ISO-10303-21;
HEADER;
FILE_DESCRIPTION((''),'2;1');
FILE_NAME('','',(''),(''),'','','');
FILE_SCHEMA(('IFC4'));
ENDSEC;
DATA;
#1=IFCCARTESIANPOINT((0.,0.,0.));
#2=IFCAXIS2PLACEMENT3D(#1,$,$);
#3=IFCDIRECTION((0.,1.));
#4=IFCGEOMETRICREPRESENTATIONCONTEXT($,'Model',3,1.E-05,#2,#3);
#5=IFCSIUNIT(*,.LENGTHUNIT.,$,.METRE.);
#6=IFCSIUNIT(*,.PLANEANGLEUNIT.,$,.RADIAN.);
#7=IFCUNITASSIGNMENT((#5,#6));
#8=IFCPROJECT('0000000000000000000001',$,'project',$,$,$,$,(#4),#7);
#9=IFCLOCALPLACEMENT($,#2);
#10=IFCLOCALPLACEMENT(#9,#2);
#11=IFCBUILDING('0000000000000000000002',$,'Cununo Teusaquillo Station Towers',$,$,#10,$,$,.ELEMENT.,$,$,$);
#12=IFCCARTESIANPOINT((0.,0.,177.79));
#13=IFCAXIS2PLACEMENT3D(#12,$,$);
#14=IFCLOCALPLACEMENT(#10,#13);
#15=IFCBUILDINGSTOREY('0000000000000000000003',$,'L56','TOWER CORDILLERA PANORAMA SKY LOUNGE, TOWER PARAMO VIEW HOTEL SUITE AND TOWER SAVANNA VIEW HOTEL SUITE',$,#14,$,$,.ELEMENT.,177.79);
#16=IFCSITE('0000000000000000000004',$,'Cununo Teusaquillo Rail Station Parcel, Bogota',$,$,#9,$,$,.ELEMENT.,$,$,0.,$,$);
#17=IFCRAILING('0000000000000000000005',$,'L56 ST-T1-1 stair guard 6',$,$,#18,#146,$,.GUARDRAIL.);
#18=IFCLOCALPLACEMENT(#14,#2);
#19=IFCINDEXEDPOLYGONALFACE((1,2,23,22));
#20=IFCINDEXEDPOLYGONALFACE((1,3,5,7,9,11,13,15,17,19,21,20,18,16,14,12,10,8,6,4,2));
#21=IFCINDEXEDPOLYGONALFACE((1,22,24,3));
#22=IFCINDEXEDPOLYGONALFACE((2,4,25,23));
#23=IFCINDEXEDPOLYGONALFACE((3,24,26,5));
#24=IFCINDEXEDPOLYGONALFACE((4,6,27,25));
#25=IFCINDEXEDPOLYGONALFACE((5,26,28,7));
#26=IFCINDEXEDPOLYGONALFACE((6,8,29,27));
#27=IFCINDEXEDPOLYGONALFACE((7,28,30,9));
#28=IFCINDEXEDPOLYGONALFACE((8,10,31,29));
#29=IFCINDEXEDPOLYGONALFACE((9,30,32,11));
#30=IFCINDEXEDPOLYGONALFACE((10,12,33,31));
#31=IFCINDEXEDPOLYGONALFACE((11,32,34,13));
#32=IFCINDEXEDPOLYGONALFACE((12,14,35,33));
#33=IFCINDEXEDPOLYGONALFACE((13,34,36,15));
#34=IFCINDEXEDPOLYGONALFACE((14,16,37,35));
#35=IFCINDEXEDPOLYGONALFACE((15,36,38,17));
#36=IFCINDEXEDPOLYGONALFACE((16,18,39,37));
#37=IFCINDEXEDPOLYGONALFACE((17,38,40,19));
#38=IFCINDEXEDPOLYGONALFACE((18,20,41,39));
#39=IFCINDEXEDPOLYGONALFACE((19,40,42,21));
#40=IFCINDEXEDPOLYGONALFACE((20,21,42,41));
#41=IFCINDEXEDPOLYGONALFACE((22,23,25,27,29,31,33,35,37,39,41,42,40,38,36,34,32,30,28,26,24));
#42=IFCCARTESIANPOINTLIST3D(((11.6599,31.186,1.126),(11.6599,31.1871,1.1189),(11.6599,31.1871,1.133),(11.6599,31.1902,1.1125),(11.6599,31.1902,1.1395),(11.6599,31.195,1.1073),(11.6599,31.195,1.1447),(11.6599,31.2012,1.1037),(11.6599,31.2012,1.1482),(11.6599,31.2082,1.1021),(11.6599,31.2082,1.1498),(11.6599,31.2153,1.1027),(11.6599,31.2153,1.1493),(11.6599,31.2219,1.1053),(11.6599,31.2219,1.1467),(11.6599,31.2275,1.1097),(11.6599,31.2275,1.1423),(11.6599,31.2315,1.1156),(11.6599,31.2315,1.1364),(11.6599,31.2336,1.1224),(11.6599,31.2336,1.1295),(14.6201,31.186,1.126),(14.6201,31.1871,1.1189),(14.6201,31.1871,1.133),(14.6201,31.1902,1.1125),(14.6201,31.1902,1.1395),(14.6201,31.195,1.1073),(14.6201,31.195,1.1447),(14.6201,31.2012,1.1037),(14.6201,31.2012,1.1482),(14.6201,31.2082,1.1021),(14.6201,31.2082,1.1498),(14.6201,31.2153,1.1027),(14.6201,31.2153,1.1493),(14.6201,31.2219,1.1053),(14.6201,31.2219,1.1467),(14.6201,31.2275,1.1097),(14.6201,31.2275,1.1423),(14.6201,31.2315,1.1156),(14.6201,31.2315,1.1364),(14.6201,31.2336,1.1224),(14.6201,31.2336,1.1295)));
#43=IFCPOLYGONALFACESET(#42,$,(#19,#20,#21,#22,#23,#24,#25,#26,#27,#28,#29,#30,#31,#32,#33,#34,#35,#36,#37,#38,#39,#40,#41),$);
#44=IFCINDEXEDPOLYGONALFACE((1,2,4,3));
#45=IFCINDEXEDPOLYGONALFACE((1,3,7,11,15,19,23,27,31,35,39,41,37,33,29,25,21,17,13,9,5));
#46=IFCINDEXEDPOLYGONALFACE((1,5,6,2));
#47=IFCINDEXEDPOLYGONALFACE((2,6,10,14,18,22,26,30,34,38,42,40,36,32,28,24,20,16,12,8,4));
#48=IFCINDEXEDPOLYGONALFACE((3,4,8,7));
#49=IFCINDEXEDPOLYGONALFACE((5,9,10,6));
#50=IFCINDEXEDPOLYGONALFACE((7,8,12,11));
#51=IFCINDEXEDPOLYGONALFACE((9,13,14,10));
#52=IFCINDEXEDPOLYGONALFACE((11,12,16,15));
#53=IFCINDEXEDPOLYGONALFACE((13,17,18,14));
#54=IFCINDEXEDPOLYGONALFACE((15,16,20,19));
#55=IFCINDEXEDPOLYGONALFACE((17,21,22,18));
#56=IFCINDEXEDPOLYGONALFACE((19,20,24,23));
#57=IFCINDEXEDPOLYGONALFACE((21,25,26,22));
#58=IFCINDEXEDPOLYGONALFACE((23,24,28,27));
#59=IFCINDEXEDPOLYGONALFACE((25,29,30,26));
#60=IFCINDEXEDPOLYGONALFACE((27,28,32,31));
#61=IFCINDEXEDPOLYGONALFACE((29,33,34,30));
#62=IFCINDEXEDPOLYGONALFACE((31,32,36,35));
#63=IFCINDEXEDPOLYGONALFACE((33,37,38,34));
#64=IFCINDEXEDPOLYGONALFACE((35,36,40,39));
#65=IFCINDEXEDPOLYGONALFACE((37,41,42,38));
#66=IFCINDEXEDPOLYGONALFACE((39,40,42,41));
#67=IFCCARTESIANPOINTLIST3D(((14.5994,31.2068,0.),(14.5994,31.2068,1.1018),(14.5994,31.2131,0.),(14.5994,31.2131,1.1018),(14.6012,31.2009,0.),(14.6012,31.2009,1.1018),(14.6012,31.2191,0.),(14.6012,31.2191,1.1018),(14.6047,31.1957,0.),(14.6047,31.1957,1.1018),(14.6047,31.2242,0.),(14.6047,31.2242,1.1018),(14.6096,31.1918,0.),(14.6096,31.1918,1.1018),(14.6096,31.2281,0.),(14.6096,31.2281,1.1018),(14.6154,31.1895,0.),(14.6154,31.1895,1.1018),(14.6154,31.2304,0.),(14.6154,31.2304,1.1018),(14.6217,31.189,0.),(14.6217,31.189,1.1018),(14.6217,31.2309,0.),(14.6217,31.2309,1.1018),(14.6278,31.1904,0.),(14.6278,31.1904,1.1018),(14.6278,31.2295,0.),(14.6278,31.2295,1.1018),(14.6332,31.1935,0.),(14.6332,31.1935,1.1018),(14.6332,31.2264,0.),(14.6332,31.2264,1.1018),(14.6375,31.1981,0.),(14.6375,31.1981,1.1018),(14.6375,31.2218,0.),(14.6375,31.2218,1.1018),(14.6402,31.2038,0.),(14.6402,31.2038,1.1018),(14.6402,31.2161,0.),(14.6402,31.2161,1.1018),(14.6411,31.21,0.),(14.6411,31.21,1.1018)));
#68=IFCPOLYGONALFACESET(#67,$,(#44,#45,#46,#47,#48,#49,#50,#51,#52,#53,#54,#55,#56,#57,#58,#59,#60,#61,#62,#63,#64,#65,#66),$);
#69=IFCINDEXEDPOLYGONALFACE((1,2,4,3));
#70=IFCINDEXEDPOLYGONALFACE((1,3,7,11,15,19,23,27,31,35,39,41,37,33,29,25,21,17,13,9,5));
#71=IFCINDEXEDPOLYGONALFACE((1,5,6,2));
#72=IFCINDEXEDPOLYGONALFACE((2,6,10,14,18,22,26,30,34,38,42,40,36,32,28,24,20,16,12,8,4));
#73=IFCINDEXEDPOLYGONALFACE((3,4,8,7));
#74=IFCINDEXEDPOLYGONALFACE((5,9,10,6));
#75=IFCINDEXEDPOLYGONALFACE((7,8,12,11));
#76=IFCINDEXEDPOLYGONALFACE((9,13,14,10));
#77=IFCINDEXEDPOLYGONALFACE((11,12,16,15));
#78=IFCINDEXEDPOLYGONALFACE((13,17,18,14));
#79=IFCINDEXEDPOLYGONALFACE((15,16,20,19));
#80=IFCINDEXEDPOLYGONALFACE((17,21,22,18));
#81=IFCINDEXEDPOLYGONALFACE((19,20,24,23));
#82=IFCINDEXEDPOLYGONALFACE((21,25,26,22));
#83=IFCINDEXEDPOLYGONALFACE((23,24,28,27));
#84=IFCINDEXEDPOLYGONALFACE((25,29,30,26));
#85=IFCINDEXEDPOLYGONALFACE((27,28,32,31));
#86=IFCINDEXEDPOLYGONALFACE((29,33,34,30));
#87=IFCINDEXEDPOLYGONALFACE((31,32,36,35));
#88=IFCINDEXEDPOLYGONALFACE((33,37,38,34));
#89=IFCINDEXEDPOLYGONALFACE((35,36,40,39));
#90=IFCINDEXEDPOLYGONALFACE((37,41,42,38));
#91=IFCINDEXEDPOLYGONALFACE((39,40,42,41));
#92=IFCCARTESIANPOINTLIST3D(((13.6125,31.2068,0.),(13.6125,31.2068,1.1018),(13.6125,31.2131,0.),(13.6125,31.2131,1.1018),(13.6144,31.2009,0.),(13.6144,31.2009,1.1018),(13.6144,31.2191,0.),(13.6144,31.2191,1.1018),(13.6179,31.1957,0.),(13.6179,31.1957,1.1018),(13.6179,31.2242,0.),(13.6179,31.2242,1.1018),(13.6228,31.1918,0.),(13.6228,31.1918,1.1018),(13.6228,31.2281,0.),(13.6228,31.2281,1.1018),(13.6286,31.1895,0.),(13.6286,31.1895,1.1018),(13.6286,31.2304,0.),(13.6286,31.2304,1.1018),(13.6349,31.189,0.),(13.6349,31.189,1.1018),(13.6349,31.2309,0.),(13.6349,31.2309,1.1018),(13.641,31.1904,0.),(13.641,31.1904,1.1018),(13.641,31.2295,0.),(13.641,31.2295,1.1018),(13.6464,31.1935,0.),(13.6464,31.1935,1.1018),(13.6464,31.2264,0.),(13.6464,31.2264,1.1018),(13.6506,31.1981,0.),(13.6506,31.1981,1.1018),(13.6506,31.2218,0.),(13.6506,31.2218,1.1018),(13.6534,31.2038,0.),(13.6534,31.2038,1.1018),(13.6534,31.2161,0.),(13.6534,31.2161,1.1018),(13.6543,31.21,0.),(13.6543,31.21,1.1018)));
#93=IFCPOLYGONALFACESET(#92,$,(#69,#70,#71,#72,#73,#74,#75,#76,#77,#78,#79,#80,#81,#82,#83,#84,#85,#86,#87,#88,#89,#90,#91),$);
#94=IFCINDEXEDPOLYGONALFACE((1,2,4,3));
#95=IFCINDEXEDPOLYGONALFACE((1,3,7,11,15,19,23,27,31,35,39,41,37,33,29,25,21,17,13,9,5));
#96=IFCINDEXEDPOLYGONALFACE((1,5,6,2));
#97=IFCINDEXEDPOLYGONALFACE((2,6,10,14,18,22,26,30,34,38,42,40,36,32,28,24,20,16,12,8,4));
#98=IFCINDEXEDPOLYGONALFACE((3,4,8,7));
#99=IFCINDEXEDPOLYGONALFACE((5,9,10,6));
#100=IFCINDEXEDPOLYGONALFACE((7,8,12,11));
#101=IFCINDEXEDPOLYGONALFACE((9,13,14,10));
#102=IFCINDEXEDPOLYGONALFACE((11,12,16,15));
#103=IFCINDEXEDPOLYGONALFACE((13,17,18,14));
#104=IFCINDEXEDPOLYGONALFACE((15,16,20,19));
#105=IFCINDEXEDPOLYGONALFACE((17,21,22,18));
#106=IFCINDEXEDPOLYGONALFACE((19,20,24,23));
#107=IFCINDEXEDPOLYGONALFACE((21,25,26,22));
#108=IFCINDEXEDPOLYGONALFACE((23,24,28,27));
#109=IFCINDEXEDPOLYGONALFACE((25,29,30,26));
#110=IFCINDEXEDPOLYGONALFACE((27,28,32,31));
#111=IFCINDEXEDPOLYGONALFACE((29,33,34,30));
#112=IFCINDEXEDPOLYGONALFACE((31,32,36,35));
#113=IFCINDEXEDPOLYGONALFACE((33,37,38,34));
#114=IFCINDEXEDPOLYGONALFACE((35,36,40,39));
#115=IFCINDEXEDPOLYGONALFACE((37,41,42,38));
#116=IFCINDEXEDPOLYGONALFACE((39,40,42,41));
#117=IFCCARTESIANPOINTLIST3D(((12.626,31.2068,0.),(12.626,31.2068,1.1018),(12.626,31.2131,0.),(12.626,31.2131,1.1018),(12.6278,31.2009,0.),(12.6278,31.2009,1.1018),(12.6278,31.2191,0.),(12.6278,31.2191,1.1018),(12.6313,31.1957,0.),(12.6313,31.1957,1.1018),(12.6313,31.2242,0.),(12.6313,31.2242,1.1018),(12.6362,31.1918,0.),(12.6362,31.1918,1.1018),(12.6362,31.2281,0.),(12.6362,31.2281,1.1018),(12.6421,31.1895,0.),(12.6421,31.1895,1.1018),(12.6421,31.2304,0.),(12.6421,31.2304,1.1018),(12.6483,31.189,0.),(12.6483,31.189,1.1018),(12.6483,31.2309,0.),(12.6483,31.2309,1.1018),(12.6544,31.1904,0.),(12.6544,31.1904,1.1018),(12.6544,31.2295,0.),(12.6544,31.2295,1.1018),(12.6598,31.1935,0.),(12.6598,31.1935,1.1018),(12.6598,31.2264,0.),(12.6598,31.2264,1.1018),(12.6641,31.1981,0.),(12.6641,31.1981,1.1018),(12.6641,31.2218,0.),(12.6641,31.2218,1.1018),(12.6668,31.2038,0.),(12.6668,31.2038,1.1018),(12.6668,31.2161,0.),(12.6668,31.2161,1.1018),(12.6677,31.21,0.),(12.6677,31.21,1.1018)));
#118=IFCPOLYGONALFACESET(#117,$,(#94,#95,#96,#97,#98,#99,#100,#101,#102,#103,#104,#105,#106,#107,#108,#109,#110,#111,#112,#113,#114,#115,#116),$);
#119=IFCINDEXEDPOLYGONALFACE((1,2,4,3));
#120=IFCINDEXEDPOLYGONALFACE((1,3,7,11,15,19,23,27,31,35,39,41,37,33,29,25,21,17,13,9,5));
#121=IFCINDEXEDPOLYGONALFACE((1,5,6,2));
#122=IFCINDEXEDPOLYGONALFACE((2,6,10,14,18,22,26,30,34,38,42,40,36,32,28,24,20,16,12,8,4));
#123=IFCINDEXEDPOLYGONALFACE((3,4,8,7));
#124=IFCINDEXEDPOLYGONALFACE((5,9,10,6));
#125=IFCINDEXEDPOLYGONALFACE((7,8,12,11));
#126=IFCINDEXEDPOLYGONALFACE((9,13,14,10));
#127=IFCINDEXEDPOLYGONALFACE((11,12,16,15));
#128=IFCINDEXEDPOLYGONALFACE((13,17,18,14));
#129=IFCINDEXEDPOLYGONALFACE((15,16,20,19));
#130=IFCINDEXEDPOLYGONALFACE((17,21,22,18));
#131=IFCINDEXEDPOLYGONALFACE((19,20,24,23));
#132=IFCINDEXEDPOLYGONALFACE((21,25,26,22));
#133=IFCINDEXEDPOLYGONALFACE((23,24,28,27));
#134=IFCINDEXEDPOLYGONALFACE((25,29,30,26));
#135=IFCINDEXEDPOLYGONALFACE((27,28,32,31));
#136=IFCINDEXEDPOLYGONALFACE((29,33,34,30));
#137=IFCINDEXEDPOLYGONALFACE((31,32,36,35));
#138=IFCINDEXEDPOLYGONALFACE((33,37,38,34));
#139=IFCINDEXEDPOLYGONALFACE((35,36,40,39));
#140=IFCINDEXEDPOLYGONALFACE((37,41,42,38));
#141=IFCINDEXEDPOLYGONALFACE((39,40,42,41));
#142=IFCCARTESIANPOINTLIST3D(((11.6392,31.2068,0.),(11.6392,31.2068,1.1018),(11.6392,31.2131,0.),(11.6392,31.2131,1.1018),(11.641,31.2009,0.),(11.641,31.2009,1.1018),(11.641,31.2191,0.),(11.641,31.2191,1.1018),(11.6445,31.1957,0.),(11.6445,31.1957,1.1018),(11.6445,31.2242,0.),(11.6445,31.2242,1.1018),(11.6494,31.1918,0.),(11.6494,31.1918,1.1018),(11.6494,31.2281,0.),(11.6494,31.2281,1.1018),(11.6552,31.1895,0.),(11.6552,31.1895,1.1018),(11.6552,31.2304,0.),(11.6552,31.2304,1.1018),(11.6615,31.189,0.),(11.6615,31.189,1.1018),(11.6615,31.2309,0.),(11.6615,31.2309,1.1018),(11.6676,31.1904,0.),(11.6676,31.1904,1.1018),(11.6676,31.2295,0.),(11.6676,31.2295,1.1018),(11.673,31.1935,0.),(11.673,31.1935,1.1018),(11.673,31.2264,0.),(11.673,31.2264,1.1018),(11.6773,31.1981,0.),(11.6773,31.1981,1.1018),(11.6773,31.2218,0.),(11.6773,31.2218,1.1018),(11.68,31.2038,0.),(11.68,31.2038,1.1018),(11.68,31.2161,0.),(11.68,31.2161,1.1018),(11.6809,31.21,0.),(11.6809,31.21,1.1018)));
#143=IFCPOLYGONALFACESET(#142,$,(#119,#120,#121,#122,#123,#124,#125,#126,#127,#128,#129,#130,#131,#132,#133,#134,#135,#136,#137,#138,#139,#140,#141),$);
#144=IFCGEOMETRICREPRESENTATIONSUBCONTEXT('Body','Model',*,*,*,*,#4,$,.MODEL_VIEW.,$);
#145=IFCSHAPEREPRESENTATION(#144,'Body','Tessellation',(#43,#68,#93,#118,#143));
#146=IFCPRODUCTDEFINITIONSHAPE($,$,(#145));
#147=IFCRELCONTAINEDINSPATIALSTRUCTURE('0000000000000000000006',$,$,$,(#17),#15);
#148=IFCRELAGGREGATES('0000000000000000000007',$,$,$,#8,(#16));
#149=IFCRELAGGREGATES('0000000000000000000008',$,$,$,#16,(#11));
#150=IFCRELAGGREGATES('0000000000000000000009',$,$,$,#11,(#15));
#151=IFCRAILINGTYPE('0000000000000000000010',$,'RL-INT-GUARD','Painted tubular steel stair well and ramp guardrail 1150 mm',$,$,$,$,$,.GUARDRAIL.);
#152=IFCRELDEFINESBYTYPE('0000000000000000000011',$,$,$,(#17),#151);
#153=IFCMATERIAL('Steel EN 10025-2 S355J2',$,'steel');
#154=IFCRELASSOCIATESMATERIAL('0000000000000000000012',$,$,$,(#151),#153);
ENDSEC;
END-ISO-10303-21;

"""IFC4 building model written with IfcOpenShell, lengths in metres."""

from ifc_helpers import new_model, si_unit, direction, frame, origin, origin_2d, place, context, subcontext, project, spatial, circle, extrude, material, type_object, element, save


model = new_model("IFC4")

# Units and contexts
model_context = context("Model", 3, precision=1e-05, world=origin(), true_north=direction((0.0, 1.0)))
body_context = subcontext(model_context, "Body", "Model", "MODEL_VIEW")
ifc_project = project(units=[si_unit("LENGTHUNIT", "METRE"), si_unit("PLANEANGLEUNIT", "RADIAN")], contexts=[model_context])

# Site, building, storey
site_placement = place(None, origin())
site = spatial("IfcSite", under=ifc_project, at=site_placement, Name="Cununo Teusaquillo Rail Station Parcel, Bogota", CompositionType="ELEMENT", RefElevation=0.0)
building_placement = place(site_placement, origin())
building = spatial("IfcBuilding", under=site, at=building_placement, Name="Cununo Teusaquillo Station Towers", CompositionType="ELEMENT")
storey_placement = place(building_placement, frame((0.0, 0.0, 177.79)))
storey = spatial("IfcBuildingStorey", under=building, at=storey_placement, Name="L56", Description="TOWER CORDILLERA PANORAMA SKY LOUNGE, TOWER PARAMO VIEW HOTEL SUITE AND TOWER SAVANNA VIEW HOTEL SUITE", CompositionType="ELEMENT", Elevation=177.79)

# Railing
ifc_material_1 = material(Name="Steel EN 10025-2 S355J2", Category="steel")
railing_type_1 = type_object("IfcRailingType", Name="RL-INT-GUARD", Description="Painted tubular steel stair well and ramp guardrail 1150 mm", PredefinedType="GUARDRAIL", material=ifc_material_1)
railing_1_placement = place(storey_placement, frame((14.6201, 31.21, 0.0)))
element("IfcRailing", 1, at=railing_1_placement, inside=storey, type_object=railing_type_1, Name="L56 ST-T1-1 stair guard 6", PredefinedType="GUARDRAIL", context=body_context, shape_type="SweptSolid", body=[
    extrude(circle(Radius=0.0239, at=origin_2d()), frame((0.0, 0.0, 1.126), z_axis=(-1.0, 0.0, 0.0), x_axis=(0.0, -1.0, 0.0)), (0.0, 0.0, 1.0), 2.9602),
    extrude(circle(Radius=0.021, at=origin_2d()), origin(), (0.0, 0.0, 1.0), 1.1018),
    extrude(circle(Radius=0.021, at=origin_2d()), frame((-0.9868, 0.0, 0.0)), (0.0, 0.0, 1.0), 1.1018),
    extrude(circle(Radius=0.021, at=origin_2d()), frame((-1.9734, 0.0, 0.0)), (0.0, 0.0, 1.0), 1.1018),
    extrude(circle(Radius=0.021, at=origin_2d()), frame((-2.9602, 0.0, 0.0)), (0.0, 0.0, 1.0), 1.1018),
])

save(model, "model.ifc")
